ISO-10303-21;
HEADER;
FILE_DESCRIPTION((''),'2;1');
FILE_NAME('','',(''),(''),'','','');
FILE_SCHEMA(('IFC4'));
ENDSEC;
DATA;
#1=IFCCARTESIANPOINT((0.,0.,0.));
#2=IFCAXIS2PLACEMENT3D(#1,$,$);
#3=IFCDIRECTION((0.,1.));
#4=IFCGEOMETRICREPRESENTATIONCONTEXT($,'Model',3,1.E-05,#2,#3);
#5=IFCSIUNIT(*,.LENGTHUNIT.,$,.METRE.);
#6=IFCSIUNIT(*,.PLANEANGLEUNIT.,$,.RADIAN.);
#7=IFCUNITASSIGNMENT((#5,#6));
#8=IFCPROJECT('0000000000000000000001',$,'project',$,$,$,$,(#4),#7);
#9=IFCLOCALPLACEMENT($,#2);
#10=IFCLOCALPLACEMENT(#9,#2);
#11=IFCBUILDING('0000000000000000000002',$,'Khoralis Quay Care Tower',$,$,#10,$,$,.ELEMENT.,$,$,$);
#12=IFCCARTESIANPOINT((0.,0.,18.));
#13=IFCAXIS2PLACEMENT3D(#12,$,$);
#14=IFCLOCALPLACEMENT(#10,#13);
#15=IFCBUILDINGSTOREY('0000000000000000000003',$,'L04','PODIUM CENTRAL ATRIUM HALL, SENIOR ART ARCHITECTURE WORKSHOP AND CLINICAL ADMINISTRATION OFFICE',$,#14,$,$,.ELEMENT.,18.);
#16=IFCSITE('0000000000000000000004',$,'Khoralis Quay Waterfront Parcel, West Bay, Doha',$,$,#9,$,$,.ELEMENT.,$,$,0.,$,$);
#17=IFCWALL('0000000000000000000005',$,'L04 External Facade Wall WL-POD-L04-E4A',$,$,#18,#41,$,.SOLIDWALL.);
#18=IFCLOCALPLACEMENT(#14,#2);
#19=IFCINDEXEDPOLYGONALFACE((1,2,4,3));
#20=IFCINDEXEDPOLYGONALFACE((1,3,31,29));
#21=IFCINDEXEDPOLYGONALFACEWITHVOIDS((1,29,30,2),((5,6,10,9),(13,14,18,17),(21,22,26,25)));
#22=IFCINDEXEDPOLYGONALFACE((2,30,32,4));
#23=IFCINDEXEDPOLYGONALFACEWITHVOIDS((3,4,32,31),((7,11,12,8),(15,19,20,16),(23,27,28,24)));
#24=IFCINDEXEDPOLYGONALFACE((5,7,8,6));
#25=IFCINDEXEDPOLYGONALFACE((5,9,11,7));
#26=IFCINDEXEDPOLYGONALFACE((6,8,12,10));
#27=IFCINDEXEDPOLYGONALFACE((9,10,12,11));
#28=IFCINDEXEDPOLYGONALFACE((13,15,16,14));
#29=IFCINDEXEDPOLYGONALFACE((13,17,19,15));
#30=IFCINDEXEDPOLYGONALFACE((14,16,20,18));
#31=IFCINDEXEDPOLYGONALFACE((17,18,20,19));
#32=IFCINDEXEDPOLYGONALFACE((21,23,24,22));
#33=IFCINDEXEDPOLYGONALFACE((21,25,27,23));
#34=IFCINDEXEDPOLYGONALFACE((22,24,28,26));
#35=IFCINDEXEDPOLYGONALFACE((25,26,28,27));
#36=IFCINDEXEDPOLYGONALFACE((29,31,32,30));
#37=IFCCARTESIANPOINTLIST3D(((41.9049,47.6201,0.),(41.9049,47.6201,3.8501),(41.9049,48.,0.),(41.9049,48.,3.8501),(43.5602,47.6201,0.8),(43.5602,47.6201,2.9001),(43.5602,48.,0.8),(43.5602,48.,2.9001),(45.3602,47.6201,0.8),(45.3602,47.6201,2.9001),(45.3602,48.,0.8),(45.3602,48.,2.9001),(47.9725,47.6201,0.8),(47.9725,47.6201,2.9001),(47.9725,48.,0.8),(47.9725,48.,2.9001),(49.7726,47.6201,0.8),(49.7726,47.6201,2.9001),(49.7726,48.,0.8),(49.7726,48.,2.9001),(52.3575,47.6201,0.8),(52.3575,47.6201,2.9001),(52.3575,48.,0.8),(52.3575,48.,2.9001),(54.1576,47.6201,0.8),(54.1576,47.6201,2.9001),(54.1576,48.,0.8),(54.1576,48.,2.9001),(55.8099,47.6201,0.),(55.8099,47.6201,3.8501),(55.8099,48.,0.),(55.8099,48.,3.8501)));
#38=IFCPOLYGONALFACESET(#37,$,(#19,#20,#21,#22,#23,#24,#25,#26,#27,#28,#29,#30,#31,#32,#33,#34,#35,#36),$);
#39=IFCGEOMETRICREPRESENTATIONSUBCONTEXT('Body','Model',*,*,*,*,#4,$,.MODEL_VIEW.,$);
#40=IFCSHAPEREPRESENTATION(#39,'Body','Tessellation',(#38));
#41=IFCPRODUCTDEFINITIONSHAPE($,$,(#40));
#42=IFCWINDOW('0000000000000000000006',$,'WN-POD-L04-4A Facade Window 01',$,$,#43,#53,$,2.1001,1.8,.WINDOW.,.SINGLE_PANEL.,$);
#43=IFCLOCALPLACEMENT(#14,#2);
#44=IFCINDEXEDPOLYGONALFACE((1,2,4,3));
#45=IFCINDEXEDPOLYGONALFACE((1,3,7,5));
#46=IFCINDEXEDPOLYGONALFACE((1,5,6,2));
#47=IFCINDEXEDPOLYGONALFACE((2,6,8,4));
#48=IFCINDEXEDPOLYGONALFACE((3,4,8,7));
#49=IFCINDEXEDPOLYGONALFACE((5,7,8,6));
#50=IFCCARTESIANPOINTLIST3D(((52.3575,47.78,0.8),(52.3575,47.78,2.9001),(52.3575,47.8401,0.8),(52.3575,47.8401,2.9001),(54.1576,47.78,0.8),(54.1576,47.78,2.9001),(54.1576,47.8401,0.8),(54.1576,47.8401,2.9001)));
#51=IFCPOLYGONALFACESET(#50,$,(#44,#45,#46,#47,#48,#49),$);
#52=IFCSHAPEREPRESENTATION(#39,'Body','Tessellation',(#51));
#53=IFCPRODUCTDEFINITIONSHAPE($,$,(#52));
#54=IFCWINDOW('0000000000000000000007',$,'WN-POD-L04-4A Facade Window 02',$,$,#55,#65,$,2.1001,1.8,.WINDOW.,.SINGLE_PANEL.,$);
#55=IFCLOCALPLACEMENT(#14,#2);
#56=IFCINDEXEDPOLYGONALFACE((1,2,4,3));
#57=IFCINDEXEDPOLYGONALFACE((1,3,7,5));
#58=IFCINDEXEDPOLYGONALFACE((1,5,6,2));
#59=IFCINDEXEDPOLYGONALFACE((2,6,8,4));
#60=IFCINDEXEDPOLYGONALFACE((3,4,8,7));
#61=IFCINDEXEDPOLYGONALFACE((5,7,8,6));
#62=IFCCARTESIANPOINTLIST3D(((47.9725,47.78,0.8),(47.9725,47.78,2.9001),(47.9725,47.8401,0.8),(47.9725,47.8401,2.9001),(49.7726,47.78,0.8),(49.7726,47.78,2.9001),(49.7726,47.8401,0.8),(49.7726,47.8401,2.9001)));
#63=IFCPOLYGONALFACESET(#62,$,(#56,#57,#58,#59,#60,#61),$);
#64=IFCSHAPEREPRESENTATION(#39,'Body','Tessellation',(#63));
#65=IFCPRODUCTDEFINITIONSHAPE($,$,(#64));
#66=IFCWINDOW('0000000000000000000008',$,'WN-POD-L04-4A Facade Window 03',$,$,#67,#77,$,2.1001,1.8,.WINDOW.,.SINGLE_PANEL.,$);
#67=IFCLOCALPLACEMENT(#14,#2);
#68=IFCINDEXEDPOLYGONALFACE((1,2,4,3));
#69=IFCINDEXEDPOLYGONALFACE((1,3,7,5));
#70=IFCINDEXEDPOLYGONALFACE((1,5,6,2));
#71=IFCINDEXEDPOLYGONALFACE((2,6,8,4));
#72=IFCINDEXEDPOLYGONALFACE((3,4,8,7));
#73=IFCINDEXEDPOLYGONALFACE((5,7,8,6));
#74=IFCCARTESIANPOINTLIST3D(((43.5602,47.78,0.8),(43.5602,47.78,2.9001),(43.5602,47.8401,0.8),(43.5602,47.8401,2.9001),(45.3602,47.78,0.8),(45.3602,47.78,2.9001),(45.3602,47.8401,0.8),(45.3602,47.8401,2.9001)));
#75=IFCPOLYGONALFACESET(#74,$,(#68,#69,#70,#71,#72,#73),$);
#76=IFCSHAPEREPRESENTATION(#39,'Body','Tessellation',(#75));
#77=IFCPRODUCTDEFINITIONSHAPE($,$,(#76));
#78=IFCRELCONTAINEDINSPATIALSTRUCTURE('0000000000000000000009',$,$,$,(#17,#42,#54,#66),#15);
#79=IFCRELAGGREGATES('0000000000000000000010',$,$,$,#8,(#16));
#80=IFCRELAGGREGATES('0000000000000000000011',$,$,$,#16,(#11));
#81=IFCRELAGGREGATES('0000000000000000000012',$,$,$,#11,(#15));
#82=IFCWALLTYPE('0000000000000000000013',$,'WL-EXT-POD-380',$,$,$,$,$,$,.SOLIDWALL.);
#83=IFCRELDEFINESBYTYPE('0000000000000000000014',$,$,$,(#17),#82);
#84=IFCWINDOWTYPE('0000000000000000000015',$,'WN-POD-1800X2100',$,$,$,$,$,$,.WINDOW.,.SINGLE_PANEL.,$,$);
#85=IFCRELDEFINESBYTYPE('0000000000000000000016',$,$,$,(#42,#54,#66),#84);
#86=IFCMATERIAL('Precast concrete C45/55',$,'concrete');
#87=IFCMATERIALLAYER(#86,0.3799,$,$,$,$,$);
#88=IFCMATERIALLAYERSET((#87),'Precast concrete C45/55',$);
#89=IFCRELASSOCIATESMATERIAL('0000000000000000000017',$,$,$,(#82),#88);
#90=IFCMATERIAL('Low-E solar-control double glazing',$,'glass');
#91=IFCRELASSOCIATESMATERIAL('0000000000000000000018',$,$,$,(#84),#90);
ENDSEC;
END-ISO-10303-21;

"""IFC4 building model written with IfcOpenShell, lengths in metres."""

from ifc_helpers import new_model, si_unit, direction, frame, frame_2d, origin, place, context, subcontext, project, spatial, rectangle, extrude, source, transform, mapped, material, layer, layer_set, type_object, element, fill, save


model = new_model("IFC4")

# Units and contexts
model_context = context("Model", 3, precision=1e-05, world=origin(), true_north=direction((0.0, 1.0)))
body_context = subcontext(model_context, "Body", "Model", "MODEL_VIEW")
ifc_project = project(units=[si_unit("LENGTHUNIT", "METRE"), si_unit("PLANEANGLEUNIT", "RADIAN")], contexts=[model_context])

# Site, building, storey
site_placement = place(None, origin())
site = spatial("IfcSite", under=ifc_project, at=site_placement, Name="Khoralis Quay Waterfront Parcel, West Bay, Doha", CompositionType="ELEMENT", RefElevation=0.0)
building_placement = place(site_placement, origin())
building = spatial("IfcBuilding", under=site, at=building_placement, Name="Khoralis Quay Care Tower", CompositionType="ELEMENT")
storey_placement = place(building_placement, frame((0.0, 0.0, 18.0)))
storey = spatial("IfcBuildingStorey", under=building, at=storey_placement, Name="L04", Description="PODIUM CENTRAL ATRIUM HALL, SENIOR ART ARCHITECTURE WORKSHOP AND CLINICAL ADMINISTRATION OFFICE", CompositionType="ELEMENT", Elevation=18.0)

# Wall, openings, windows
ifc_material_1 = material(Name="Precast concrete C45/55", Category="concrete")
ifc_layer_1 = layer(ifc_material_1, 0.3799)
ifc_layer_set_1 = layer_set([ifc_layer_1], Name="Precast concrete C45/55")
wall_type_1 = type_object("IfcWallType", Name="WL-EXT-POD-380", PredefinedType="SOLIDWALL", material=ifc_layer_set_1)
wall_1_placement = place(storey_placement, frame((55.8101, 47.8101, 0.0), z_axis=(0.0, 0.0, 1.0), x_axis=(-1.0, 0.0, 0.0)))
wall_1 = element("IfcWall", 1, at=wall_1_placement, inside=storey, type_object=wall_type_1, Name="L04 External Facade Wall WL-POD-L04-E4A", PredefinedType="SOLIDWALL", context=body_context, shape_type="SweptSolid", body=[
    extrude(rectangle(XDim=13.905, YDim=0.3799, at=frame_2d((6.9526, 0.0))), origin(), (0.0, 0.0, 1.0), 3.8501),
])
opening_1_placement = place(wall_1_placement, frame((1.6526, 0.0, 0.8)))
opening_1 = element("IfcOpeningElement", 2, at=opening_1_placement, cuts=wall_1, PredefinedType="OPENING", context=body_context, shape_type="SweptSolid", body=[
    extrude(rectangle(XDim=1.8, YDim=2.1001, at=frame_2d((0.8999, 1.05))), frame((0.0, 0.2, 0.0), z_axis=(0.0, -1.0, 0.0), x_axis=(1.0, 0.0, 0.0)), (0.0, 0.0, 1.0), 0.3999),
])
opening_2_placement = place(wall_1_placement, frame((6.0376, 0.0, 0.8)))
opening_2 = element("IfcOpeningElement", 3, at=opening_2_placement, cuts=wall_1, PredefinedType="OPENING", context=body_context, shape_type="SweptSolid", body=[
    extrude(rectangle(XDim=1.8, YDim=2.1001, at=frame_2d((0.8999, 1.05))), frame((0.0, 0.2, 0.0), z_axis=(0.0, -1.0, 0.0), x_axis=(1.0, 0.0, 0.0)), (0.0, 0.0, 1.0), 0.3999),
])
opening_3_placement = place(wall_1_placement, frame((10.45, 0.0, 0.8)))
opening_3 = element("IfcOpeningElement", 4, at=opening_3_placement, cuts=wall_1, PredefinedType="OPENING", context=body_context, shape_type="SweptSolid", body=[
    extrude(rectangle(XDim=1.8, YDim=2.1001, at=frame_2d((0.8999, 1.05))), frame((0.0, 0.2, 0.0), z_axis=(0.0, -1.0, 0.0), x_axis=(1.0, 0.0, 0.0)), (0.0, 0.0, 1.0), 0.3999),
])
ifc_material_2 = material(Name="Low-E solar-control double glazing", Category="glass")
window_type_1 = type_object("IfcWindowType", Name="WN-POD-1800X2100", PartitioningType="SINGLE_PANEL", PredefinedType="WINDOW", material=ifc_material_2)
shared_shape_1 = source(origin(), body_context, "Body", "SweptSolid", [
    extrude(rectangle(XDim=1.8, YDim=2.1001, at=frame_2d((0.8999, 1.05))), frame((0.0, 0.03, 0.0), z_axis=(0.0, -1.0, 0.0), x_axis=(1.0, 0.0, 0.0)), (0.0, 0.0, 1.0), 0.0601),
])
window_1_placement = place(opening_1_placement, origin())
window_1 = element("IfcWindow", 5, at=window_1_placement, inside=storey, type_object=window_type_1, Name="WN-POD-L04-4A Facade Window 01", OverallHeight=2.1001, OverallWidth=1.8, PartitioningType="SINGLE_PANEL", PredefinedType="WINDOW", context=body_context, shape_type="MappedRepresentation", body=[
    mapped(shared_shape_1, transform((0.0, 0.0, 0.0), scale=1.0)),
])
fill(opening_1, window_1)
window_2_placement = place(opening_2_placement, origin())
window_2 = element("IfcWindow", 6, at=window_2_placement, inside=storey, type_object=window_type_1, Name="WN-POD-L04-4A Facade Window 02", OverallHeight=2.1001, OverallWidth=1.8, PartitioningType="SINGLE_PANEL", PredefinedType="WINDOW", context=body_context, shape_type="MappedRepresentation", body=[
    mapped(shared_shape_1, transform((0.0, 0.0, 0.0), scale=1.0)),
])
fill(opening_2, window_2)
window_3_placement = place(opening_3_placement, origin())
window_3 = element("IfcWindow", 7, at=window_3_placement, inside=storey, type_object=window_type_1, Name="WN-POD-L04-4A Facade Window 03", OverallHeight=2.1001, OverallWidth=1.8, PartitioningType="SINGLE_PANEL", PredefinedType="WINDOW", context=body_context, shape_type="MappedRepresentation", body=[
    mapped(shared_shape_1, transform((0.0, 0.0, 0.0), scale=1.0)),
])
fill(opening_3, window_3)

save(model, "model.ifc")
